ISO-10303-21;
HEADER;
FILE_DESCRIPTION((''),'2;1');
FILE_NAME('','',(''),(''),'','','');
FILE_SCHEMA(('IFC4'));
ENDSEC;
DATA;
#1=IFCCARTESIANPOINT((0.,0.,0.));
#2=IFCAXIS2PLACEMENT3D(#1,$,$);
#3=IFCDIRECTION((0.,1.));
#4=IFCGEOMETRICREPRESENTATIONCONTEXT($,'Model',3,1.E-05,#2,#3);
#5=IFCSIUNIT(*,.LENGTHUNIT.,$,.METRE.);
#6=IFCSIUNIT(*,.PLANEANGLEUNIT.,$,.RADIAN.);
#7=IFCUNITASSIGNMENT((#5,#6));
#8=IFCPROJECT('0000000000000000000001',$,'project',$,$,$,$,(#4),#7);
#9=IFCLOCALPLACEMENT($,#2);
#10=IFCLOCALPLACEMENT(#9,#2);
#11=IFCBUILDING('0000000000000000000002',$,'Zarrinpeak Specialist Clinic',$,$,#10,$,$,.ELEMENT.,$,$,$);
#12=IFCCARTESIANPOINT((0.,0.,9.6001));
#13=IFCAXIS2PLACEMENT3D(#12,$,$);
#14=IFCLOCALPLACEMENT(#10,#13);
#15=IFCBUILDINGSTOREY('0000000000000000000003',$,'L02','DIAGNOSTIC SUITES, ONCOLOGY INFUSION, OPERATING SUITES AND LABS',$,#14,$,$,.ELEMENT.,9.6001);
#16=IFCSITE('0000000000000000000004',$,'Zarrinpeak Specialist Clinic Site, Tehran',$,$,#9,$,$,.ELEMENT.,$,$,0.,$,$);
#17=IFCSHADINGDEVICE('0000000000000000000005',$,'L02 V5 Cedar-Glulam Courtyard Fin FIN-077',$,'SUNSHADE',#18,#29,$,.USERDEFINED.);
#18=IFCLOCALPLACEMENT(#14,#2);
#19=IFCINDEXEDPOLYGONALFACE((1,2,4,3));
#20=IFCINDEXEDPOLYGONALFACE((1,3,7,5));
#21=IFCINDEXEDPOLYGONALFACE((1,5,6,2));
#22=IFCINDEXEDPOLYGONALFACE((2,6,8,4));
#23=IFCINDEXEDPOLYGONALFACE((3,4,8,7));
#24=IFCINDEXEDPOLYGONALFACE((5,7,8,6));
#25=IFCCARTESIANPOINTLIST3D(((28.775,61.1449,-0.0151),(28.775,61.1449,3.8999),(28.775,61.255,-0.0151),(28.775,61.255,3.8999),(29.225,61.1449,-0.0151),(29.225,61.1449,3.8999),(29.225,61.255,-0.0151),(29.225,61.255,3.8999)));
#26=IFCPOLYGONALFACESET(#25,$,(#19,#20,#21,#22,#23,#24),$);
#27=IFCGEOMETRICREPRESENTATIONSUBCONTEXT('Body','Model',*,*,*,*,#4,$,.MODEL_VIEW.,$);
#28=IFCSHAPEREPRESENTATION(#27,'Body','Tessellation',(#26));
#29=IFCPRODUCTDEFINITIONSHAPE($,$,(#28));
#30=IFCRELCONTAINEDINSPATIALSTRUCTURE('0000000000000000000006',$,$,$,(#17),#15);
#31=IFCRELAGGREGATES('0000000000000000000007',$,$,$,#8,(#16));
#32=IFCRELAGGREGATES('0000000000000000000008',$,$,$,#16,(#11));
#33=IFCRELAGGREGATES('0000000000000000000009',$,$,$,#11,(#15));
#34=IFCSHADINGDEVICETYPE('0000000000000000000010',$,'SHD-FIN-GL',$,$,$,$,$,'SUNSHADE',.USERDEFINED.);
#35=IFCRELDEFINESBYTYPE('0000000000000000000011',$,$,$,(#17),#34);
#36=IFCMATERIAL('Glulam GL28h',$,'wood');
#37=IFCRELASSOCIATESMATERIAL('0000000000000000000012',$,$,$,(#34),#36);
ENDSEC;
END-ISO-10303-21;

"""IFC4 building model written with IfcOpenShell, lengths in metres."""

from ifc_helpers import new_model, si_unit, direction, frame, origin, origin_2d, place, context, subcontext, project, spatial, rectangle, extrude, material, type_object, element, save


model = new_model("IFC4")

# Units and contexts
model_context = context("Model", 3, precision=1e-05, world=origin(), true_north=direction((0.0, 1.0)))
body_context = subcontext(model_context, "Body", "Model", "MODEL_VIEW")
ifc_project = project(units=[si_unit("LENGTHUNIT", "METRE"), si_unit("PLANEANGLEUNIT", "RADIAN")], contexts=[model_context])

# Site, building, storey
site_placement = place(None, origin())
site = spatial("IfcSite", under=ifc_project, at=site_placement, Name="Zarrinpeak Specialist Clinic Site, Tehran", CompositionType="ELEMENT", RefElevation=0.0)
building_placement = place(site_placement, origin())
building = spatial("IfcBuilding", under=site, at=building_placement, Name="Zarrinpeak Specialist Clinic", CompositionType="ELEMENT")
storey_placement = place(building_placement, frame((0.0, 0.0, 9.6001)))
storey = spatial("IfcBuildingStorey", under=building, at=storey_placement, Name="L02", Description="DIAGNOSTIC SUITES, ONCOLOGY INFUSION, OPERATING SUITES AND LABS", CompositionType="ELEMENT", Elevation=9.6001)

# Shading device
ifc_material_1 = material(Name="Glulam GL28h", Category="wood")
shading_device_type = type_object("IfcShadingDeviceType", Name="SHD-FIN-GL", ElementType="SUNSHADE", PredefinedType="USERDEFINED", material=ifc_material_1)
shading_device_placement = place(storey_placement, frame((29.0, 61.2, -0.0151), z_axis=(0.0, 0.0, 1.0), x_axis=(1.0, 0.0, 0.0)))
element("IfcShadingDevice", 1, at=shading_device_placement, inside=storey, type_object=shading_device_type, Name="L02 V5 Cedar-Glulam Courtyard Fin FIN-077", ObjectType="SUNSHADE", PredefinedType="USERDEFINED", context=body_context, shape_type="SweptSolid", body=[
    extrude(rectangle(XDim=0.45, YDim=0.1101, at=origin_2d()), origin(), (0.0, 0.0, 1.0), 3.915),
])

save(model, "model.ifc")
